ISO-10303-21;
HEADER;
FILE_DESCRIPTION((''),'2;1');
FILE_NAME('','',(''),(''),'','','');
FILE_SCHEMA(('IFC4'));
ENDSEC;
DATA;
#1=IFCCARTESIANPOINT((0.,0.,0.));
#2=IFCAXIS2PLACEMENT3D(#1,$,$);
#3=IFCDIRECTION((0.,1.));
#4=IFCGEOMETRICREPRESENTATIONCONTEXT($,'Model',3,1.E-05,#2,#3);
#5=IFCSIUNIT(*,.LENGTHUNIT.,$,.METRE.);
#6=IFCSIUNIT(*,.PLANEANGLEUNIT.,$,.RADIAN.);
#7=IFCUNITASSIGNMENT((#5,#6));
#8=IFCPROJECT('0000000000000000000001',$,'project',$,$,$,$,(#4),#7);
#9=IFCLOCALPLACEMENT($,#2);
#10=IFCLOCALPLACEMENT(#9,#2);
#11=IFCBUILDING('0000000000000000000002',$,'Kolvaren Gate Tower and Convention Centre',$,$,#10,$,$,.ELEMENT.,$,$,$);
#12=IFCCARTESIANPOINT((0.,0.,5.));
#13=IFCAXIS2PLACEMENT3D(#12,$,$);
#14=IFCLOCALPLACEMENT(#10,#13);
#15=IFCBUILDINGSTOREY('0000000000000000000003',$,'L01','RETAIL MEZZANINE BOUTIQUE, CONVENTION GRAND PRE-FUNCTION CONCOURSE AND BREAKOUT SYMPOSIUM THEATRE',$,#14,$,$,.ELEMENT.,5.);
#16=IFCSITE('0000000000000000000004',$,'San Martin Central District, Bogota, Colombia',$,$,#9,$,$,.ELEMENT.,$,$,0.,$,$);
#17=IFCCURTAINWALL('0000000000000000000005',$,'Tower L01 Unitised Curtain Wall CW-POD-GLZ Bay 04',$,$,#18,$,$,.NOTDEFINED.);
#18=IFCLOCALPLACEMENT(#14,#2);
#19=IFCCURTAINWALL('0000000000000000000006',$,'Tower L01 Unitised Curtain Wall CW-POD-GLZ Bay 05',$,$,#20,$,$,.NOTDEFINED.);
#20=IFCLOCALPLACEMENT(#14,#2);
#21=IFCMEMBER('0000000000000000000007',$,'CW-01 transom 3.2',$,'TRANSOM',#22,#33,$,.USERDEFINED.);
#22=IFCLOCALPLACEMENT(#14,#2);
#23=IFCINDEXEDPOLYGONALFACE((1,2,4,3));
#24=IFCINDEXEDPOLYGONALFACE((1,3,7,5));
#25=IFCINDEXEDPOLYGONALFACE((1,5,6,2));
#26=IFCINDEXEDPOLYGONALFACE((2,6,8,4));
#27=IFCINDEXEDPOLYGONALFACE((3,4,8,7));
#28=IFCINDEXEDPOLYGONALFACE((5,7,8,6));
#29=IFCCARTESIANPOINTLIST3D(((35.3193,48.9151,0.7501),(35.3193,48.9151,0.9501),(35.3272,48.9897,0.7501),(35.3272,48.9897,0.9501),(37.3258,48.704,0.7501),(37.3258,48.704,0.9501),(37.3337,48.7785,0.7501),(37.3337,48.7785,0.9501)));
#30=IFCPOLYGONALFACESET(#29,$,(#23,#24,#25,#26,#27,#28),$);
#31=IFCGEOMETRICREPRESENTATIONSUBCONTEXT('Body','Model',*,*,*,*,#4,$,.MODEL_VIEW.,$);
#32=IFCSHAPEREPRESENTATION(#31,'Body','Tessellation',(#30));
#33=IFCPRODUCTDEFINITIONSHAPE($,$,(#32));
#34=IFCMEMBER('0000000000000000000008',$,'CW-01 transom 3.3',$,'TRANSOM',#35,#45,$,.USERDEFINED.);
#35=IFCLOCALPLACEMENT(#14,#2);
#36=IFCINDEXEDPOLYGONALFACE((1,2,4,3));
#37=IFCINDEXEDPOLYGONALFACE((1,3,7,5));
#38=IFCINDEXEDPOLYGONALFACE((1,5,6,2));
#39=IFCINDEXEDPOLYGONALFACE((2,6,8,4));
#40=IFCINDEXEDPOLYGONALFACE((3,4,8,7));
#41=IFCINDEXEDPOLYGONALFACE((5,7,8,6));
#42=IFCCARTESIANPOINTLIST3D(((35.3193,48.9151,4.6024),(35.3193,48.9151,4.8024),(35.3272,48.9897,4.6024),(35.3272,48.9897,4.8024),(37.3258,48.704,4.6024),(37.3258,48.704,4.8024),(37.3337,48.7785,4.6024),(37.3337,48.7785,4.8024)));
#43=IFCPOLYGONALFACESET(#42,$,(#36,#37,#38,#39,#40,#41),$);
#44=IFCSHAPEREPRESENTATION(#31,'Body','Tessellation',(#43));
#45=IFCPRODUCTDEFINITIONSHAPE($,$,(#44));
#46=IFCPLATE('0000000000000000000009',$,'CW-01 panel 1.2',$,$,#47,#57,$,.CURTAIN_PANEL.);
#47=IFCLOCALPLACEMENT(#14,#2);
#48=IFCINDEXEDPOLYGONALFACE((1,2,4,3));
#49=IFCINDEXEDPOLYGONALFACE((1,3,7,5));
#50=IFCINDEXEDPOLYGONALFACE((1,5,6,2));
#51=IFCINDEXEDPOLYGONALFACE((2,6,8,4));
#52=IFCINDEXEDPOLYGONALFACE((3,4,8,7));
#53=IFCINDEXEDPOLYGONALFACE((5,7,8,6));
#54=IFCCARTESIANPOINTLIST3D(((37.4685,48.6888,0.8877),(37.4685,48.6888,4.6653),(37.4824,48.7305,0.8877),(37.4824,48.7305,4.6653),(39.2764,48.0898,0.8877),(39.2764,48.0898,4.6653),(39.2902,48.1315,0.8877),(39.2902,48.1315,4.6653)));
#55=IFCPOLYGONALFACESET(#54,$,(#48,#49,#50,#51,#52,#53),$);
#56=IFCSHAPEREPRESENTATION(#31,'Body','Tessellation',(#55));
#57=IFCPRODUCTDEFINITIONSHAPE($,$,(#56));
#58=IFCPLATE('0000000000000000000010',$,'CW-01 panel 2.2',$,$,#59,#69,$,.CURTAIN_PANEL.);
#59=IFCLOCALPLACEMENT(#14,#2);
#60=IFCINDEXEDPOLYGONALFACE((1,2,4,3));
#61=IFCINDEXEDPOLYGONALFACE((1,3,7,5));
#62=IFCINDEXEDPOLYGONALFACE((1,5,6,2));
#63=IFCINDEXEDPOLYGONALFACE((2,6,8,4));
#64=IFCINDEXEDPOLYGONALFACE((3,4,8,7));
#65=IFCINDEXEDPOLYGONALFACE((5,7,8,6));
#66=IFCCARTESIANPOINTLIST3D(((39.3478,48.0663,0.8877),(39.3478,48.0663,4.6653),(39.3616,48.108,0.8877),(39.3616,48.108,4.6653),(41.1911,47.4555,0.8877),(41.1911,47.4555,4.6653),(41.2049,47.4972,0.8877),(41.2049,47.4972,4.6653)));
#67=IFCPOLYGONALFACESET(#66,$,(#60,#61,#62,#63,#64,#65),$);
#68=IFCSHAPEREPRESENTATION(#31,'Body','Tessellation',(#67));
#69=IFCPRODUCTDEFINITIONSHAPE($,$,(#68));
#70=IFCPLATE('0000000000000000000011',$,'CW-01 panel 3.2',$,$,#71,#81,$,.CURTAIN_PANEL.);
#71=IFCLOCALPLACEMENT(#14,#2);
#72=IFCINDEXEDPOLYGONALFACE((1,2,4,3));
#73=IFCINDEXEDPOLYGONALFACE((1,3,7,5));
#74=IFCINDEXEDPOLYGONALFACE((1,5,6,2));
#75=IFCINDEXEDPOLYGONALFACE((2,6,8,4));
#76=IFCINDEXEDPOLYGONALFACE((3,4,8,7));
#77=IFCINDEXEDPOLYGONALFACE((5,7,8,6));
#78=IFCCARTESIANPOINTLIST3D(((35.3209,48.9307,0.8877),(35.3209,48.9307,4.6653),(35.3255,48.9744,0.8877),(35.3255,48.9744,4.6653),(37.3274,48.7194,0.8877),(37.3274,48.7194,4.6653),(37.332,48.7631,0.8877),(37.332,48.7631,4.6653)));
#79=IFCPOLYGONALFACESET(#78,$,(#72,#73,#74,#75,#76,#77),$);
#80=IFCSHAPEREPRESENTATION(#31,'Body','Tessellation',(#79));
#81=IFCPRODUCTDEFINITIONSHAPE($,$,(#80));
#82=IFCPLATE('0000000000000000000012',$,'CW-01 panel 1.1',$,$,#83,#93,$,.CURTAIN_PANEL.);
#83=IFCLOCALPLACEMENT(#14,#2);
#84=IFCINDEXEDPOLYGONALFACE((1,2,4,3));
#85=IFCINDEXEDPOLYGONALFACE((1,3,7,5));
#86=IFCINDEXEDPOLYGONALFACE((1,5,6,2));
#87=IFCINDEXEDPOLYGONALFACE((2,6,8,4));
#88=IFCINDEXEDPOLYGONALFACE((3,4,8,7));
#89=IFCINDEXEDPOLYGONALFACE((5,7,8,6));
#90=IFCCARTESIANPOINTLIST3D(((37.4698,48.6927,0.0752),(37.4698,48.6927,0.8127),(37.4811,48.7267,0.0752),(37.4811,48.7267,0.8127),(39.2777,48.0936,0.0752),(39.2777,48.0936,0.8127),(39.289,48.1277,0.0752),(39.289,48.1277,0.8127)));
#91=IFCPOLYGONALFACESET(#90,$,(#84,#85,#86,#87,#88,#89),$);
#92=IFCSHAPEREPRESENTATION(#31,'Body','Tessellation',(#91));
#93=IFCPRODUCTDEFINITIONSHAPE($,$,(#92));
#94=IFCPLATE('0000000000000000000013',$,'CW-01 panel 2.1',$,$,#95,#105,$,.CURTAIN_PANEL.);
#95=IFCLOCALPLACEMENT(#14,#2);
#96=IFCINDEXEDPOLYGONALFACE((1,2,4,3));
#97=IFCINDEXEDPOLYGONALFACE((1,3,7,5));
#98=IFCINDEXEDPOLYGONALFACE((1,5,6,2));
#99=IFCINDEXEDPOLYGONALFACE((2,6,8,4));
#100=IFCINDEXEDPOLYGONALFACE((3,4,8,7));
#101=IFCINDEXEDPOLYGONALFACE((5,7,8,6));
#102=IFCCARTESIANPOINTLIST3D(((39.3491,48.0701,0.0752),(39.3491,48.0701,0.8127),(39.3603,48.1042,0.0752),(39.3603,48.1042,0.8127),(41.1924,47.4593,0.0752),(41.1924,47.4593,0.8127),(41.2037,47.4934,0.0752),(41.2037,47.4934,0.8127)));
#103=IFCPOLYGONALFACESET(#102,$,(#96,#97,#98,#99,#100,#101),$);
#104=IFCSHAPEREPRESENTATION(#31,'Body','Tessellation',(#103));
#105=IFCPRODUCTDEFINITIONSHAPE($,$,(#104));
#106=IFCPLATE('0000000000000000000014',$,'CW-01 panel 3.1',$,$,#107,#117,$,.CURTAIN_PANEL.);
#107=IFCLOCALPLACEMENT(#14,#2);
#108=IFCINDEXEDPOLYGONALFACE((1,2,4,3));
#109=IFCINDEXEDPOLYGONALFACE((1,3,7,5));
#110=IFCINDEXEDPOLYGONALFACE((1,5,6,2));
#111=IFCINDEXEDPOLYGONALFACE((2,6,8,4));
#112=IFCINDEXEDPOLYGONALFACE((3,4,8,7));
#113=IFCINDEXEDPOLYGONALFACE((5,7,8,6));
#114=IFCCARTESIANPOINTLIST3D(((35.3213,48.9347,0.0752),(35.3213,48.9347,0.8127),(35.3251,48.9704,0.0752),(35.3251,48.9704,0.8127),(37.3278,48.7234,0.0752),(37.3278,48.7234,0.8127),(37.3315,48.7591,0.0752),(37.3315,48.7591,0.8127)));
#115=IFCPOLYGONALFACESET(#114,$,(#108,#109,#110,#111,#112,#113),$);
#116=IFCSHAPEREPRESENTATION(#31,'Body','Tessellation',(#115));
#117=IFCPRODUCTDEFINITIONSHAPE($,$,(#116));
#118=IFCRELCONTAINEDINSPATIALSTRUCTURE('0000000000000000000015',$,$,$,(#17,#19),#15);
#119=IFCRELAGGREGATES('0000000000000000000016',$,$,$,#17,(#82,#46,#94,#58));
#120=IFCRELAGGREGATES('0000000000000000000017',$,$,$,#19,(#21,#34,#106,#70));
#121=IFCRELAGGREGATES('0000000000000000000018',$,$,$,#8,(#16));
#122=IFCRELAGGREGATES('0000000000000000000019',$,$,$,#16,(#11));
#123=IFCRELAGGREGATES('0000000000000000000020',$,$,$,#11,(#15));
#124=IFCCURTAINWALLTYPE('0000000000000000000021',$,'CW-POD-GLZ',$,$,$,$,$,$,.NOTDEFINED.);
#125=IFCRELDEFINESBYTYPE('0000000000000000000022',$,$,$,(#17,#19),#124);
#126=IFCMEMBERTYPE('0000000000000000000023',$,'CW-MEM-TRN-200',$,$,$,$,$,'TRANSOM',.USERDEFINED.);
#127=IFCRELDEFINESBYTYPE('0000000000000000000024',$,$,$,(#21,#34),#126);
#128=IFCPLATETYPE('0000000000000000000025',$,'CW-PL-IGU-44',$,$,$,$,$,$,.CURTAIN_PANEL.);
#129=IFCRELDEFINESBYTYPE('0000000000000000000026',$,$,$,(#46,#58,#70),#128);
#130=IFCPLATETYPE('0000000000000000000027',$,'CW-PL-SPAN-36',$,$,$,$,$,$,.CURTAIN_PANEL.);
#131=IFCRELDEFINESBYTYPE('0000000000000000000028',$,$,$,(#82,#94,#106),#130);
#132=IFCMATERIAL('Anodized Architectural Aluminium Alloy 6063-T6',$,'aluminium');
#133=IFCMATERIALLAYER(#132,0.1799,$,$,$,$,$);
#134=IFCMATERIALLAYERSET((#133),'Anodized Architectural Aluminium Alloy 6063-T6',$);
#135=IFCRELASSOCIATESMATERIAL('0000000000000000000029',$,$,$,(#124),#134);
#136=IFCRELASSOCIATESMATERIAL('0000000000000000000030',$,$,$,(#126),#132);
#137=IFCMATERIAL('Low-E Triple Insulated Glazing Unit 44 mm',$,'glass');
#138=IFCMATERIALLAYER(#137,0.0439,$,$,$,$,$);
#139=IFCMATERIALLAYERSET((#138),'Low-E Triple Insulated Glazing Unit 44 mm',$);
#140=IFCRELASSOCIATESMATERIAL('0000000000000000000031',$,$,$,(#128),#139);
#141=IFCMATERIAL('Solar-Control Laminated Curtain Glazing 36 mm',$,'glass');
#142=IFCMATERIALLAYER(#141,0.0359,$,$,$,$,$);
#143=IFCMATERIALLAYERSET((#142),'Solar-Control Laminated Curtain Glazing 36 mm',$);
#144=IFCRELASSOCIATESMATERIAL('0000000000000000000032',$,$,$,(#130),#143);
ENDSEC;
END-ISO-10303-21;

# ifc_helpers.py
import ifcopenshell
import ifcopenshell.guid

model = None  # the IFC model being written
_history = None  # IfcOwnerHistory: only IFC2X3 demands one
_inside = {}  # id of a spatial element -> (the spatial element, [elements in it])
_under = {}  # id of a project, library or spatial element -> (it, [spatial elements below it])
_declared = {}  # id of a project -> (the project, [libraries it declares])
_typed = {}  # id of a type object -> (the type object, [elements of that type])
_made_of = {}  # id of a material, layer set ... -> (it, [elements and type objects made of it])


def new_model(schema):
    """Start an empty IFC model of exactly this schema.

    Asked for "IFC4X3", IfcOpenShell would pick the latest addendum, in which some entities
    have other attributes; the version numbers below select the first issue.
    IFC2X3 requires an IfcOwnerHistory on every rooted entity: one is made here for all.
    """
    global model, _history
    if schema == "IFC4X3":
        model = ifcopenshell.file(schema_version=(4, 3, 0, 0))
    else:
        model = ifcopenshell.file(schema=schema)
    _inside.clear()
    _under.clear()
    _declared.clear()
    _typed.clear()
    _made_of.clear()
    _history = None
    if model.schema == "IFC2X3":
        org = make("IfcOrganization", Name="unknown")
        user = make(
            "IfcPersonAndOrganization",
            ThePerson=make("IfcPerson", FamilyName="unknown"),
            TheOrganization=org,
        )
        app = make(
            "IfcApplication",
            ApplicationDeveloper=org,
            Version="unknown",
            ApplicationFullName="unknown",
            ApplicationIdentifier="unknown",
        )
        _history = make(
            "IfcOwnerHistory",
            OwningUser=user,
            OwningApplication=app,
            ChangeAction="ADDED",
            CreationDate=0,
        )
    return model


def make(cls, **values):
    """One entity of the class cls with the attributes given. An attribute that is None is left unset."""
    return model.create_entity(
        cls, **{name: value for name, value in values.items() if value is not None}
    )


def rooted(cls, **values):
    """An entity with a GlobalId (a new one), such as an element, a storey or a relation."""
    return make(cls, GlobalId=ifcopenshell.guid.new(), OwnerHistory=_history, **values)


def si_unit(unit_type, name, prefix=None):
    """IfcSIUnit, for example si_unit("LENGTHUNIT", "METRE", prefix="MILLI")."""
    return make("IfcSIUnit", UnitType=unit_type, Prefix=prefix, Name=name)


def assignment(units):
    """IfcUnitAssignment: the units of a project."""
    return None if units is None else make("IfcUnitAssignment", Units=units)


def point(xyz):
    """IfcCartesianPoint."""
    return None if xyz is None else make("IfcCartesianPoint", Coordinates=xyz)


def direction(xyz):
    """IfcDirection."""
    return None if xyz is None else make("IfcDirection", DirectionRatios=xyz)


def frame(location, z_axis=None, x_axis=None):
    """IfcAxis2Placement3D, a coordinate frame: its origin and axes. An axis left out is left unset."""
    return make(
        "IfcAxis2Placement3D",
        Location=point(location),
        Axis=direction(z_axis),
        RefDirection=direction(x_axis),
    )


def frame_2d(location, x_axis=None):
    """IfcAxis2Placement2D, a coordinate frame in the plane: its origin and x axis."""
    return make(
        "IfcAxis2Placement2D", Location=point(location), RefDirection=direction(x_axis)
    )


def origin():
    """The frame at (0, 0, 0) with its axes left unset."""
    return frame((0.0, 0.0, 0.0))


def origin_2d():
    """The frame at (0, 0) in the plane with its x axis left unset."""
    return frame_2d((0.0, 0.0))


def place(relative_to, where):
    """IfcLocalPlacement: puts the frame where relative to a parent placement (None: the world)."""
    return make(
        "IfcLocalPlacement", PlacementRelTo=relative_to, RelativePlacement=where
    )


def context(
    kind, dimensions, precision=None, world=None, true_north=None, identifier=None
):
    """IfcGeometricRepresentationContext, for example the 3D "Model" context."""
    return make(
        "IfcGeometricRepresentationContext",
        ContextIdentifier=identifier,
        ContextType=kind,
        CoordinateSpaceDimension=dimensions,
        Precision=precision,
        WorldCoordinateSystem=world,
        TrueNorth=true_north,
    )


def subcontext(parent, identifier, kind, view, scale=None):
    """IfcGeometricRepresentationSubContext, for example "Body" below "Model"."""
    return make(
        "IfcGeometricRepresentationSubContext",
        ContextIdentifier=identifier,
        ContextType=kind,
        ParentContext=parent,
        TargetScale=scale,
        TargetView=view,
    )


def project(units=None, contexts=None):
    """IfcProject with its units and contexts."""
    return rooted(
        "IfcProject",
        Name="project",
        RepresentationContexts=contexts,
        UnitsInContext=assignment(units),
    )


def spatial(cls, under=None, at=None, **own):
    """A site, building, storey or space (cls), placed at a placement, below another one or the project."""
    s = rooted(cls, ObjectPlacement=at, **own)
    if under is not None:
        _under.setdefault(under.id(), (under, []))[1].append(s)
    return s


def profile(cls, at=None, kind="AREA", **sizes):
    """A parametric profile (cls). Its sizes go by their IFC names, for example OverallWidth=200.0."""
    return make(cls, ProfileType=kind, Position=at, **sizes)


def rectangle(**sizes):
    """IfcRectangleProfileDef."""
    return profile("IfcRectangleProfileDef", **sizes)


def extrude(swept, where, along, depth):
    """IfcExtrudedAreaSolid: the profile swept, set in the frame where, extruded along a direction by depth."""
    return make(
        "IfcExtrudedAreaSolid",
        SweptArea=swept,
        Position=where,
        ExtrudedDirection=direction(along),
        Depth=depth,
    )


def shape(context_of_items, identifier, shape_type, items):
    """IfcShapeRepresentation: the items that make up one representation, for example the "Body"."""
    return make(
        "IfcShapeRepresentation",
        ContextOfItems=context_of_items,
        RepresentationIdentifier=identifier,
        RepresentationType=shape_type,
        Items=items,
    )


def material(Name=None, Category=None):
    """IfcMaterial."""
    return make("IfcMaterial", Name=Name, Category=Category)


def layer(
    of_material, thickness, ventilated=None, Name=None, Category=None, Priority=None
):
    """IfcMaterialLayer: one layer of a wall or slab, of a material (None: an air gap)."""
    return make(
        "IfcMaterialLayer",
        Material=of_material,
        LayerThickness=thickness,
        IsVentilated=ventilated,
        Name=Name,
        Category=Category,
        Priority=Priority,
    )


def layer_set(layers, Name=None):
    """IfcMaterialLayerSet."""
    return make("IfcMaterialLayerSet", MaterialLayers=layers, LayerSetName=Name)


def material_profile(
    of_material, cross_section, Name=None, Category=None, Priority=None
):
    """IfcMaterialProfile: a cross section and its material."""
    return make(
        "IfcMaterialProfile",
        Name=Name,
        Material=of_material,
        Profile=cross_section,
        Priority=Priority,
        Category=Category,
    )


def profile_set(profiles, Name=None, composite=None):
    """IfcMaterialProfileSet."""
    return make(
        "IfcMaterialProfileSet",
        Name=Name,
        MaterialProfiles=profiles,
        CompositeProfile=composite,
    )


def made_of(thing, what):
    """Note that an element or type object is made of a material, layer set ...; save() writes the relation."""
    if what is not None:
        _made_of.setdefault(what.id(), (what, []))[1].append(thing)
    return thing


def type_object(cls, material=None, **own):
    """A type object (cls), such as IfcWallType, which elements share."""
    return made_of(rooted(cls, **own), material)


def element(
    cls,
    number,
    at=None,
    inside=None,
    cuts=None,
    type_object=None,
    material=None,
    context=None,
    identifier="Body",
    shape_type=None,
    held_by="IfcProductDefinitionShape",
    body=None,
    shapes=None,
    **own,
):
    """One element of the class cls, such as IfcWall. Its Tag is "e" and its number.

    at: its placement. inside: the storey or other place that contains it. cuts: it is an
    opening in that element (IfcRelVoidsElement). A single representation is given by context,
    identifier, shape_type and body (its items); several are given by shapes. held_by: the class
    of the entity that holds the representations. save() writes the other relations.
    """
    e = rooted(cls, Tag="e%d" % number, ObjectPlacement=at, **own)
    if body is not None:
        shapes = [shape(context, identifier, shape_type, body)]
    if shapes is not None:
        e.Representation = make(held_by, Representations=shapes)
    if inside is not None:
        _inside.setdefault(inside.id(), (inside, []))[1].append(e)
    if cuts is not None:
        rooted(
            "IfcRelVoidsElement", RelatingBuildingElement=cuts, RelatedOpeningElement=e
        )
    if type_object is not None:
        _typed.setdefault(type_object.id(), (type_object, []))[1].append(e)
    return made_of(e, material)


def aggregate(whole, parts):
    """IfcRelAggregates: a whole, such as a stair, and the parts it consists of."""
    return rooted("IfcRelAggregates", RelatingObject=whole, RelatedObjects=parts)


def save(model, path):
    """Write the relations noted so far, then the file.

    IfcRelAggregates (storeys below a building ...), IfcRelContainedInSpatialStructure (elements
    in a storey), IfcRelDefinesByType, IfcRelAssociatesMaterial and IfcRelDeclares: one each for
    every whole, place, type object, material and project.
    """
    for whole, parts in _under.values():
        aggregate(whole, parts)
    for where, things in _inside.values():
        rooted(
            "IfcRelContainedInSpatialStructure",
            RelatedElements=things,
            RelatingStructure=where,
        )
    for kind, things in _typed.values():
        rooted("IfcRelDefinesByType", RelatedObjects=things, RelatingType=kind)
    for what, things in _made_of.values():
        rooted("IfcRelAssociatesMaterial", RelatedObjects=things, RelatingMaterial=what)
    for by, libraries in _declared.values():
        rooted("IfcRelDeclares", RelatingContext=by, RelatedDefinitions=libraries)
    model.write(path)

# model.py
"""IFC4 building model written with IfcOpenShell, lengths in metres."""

from ifc_helpers import new_model, si_unit, direction, frame, origin, origin_2d, place, context, subcontext, project, spatial, rectangle, extrude, material, layer, layer_set, material_profile, profile_set, type_object, element, aggregate, save


model = new_model("IFC4")

# Units and contexts
model_context = context("Model", 3, precision=1e-05, world=origin(), true_north=direction((0.0, 1.0)))
body_context = subcontext(model_context, "Body", "Model", "MODEL_VIEW")
ifc_project = project(units=[si_unit("LENGTHUNIT", "METRE"), si_unit("PLANEANGLEUNIT", "RADIAN")], contexts=[model_context])

# Site, building, storey
site_placement = place(None, origin())
site = spatial("IfcSite", under=ifc_project, at=site_placement, Name="San Martin Central District, Bogota, Colombia", CompositionType="ELEMENT", RefElevation=0.0)
building_placement = place(site_placement, origin())
building = spatial("IfcBuilding", under=site, at=building_placement, Name="Kolvaren Gate Tower and Convention Centre", CompositionType="ELEMENT")
storey_placement = place(building_placement, frame((0.0, 0.0, 5.0)))
storey = spatial("IfcBuildingStorey", under=building, at=storey_placement, Name="L01", Description="RETAIL MEZZANINE BOUTIQUE, CONVENTION GRAND PRE-FUNCTION CONCOURSE AND BREAKOUT SYMPOSIUM THEATRE", CompositionType="ELEMENT", Elevation=5.0)

# Curtain wall
ifc_material_1 = material(Name="Anodized Architectural Aluminium Alloy 6063-T6", Category="aluminium")
ifc_layer_1 = layer(ifc_material_1, 0.1799)
ifc_layer_set_1 = layer_set([ifc_layer_1], Name="Anodized Architectural Aluminium Alloy 6063-T6")
curtain_wall_type = type_object("IfcCurtainWallType", Name="CW-POD-GLZ", PredefinedType="NOTDEFINED", material=ifc_layer_set_1)
curtain_wall_1_placement = place(storey_placement, origin())
curtain_wall_1 = element("IfcCurtainWall", 1, at=curtain_wall_1_placement, inside=storey, type_object=curtain_wall_type, Name="Tower L01 Unitised Curtain Wall CW-POD-GLZ Bay 04", PredefinedType="NOTDEFINED")

# Curtain wall
curtain_wall_2_placement = place(storey_placement, origin())
curtain_wall_2 = element("IfcCurtainWall", 2, at=curtain_wall_2_placement, inside=storey, type_object=curtain_wall_type, Name="Tower L01 Unitised Curtain Wall CW-POD-GLZ Bay 05", PredefinedType="NOTDEFINED")

# Members
ifc_material_profile_1 = material_profile(ifc_material_1, rectangle(XDim=0.075, YDim=0.2, at=origin_2d()), Name="CW-MEM-TRN-200")
ifc_profile_set_1 = profile_set([ifc_material_profile_1], Name="Anodized Architectural Aluminium Alloy 6063-T6")
member_type_1 = type_object("IfcMemberType", Name="CW-MEM-TRN-200", ElementType="TRANSOM", PredefinedType="USERDEFINED", material=ifc_profile_set_1)
member_1_placement = place(storey_placement, frame((35.3232, 48.9524, 0.8501), z_axis=(0.994507, -0.104666, 0.0), x_axis=(0.104666, 0.994507, 0.0)))
member_1 = element("IfcMember", 3, at=member_1_placement, type_object=member_type_1, Name="CW-01 transom 3.2", ObjectType="TRANSOM", PredefinedType="USERDEFINED", context=body_context, shape_type="SweptSolid", body=[
    extrude(rectangle(XDim=0.075, YDim=0.2, at=origin_2d()), origin(), (0.0, 0.0, 1.0), 2.0176),
])
member_2_placement = place(storey_placement, frame((35.3232, 48.9524, 4.7024), z_axis=(0.994507, -0.104666, 0.0), x_axis=(0.104666, 0.994507, 0.0)))
member_2 = element("IfcMember", 4, at=member_2_placement, type_object=member_type_1, Name="CW-01 transom 3.3", ObjectType="TRANSOM", PredefinedType="USERDEFINED", context=body_context, shape_type="SweptSolid", body=[
    extrude(rectangle(XDim=0.075, YDim=0.2, at=origin_2d()), origin(), (0.0, 0.0, 1.0), 2.0176),
])

# Plates
ifc_material_2 = material(Name="Low-E Triple Insulated Glazing Unit 44 mm", Category="glass")
ifc_layer_2 = layer(ifc_material_2, 0.0439)
ifc_layer_set_2 = layer_set([ifc_layer_2], Name="Low-E Triple Insulated Glazing Unit 44 mm")
plate_type_1 = type_object("IfcPlateType", Name="CW-PL-IGU-44", PredefinedType="CURTAIN_PANEL", material=ifc_layer_set_2)
plate_1_placement = place(storey_placement, frame((38.3794, 48.4102, 0.8877), z_axis=(0.0, 0.0, 1.0), x_axis=(0.949244, -0.314542, 0.0)))
plate_1 = element("IfcPlate", 5, at=plate_1_placement, type_object=plate_type_1, Name="CW-01 panel 1.2", PredefinedType="CURTAIN_PANEL", context=body_context, shape_type="SweptSolid", body=[
    extrude(rectangle(XDim=1.9045, YDim=0.0439, at=origin_2d()), origin(), (0.0, 0.0, 1.0), 3.7776),
])
plate_2_placement = place(storey_placement, frame((40.2764, 47.7817, 0.8877), z_axis=(0.0, 0.0, 1.0), x_axis=(0.949244, -0.314542, 0.0)))
plate_2 = element("IfcPlate", 6, at=plate_2_placement, type_object=plate_type_1, Name="CW-01 panel 2.2", PredefinedType="CURTAIN_PANEL", context=body_context, shape_type="SweptSolid", body=[
    extrude(rectangle(XDim=1.9419, YDim=0.0439, at=origin_2d()), origin(), (0.0, 0.0, 1.0), 3.7776),
])
plate_3_placement = place(storey_placement, frame((36.3264, 48.8469, 0.8877), z_axis=(0.0, 0.0, 1.0), x_axis=(0.994499, -0.104748, 0.0)))
plate_3 = element("IfcPlate", 7, at=plate_3_placement, type_object=plate_type_1, Name="CW-01 panel 3.2", PredefinedType="CURTAIN_PANEL", context=body_context, shape_type="SweptSolid", body=[
    extrude(rectangle(XDim=2.0176, YDim=0.0439, at=origin_2d()), origin(), (0.0, 0.0, 1.0), 3.7776),
])
ifc_material_3 = material(Name="Solar-Control Laminated Curtain Glazing 36 mm", Category="glass")
ifc_layer_3 = layer(ifc_material_3, 0.0359)
ifc_layer_set_3 = layer_set([ifc_layer_3], Name="Solar-Control Laminated Curtain Glazing 36 mm")
plate_type_2 = type_object("IfcPlateType", Name="CW-PL-SPAN-36", PredefinedType="CURTAIN_PANEL", material=ifc_layer_set_3)
plate_4_placement = place(storey_placement, frame((38.3794, 48.4102, 0.0752), z_axis=(0.0, 0.0, 1.0), x_axis=(0.949244, -0.314542, 0.0)))
plate_4 = element("IfcPlate", 8, at=plate_4_placement, type_object=plate_type_2, Name="CW-01 panel 1.1", PredefinedType="CURTAIN_PANEL", context=body_context, shape_type="SweptSolid", body=[
    extrude(rectangle(XDim=1.9045, YDim=0.0359, at=origin_2d()), origin(), (0.0, 0.0, 1.0), 0.7375),
])
plate_5_placement = place(storey_placement, frame((40.2764, 47.7817, 0.0752), z_axis=(0.0, 0.0, 1.0), x_axis=(0.949244, -0.314542, 0.0)))
plate_5 = element("IfcPlate", 9, at=plate_5_placement, type_object=plate_type_2, Name="CW-01 panel 2.1", PredefinedType="CURTAIN_PANEL", context=body_context, shape_type="SweptSolid", body=[
    extrude(rectangle(XDim=1.9419, YDim=0.0359, at=origin_2d()), origin(), (0.0, 0.0, 1.0), 0.7375),
])
aggregate(curtain_wall_1, [plate_4, plate_1, plate_5, plate_2])
plate_6_placement = place(storey_placement, frame((36.3264, 48.8469, 0.0752), z_axis=(0.0, 0.0, 1.0), x_axis=(0.994499, -0.104748, 0.0)))
plate_6 = element("IfcPlate", 10, at=plate_6_placement, type_object=plate_type_2, Name="CW-01 panel 3.1", PredefinedType="CURTAIN_PANEL", context=body_context, shape_type="SweptSolid", body=[
    extrude(rectangle(XDim=2.0176, YDim=0.0359, at=origin_2d()), origin(), (0.0, 0.0, 1.0), 0.7375),
])
aggregate(curtain_wall_2, [member_1, member_2, plate_6, plate_3])

save(model, "model.ifc")
